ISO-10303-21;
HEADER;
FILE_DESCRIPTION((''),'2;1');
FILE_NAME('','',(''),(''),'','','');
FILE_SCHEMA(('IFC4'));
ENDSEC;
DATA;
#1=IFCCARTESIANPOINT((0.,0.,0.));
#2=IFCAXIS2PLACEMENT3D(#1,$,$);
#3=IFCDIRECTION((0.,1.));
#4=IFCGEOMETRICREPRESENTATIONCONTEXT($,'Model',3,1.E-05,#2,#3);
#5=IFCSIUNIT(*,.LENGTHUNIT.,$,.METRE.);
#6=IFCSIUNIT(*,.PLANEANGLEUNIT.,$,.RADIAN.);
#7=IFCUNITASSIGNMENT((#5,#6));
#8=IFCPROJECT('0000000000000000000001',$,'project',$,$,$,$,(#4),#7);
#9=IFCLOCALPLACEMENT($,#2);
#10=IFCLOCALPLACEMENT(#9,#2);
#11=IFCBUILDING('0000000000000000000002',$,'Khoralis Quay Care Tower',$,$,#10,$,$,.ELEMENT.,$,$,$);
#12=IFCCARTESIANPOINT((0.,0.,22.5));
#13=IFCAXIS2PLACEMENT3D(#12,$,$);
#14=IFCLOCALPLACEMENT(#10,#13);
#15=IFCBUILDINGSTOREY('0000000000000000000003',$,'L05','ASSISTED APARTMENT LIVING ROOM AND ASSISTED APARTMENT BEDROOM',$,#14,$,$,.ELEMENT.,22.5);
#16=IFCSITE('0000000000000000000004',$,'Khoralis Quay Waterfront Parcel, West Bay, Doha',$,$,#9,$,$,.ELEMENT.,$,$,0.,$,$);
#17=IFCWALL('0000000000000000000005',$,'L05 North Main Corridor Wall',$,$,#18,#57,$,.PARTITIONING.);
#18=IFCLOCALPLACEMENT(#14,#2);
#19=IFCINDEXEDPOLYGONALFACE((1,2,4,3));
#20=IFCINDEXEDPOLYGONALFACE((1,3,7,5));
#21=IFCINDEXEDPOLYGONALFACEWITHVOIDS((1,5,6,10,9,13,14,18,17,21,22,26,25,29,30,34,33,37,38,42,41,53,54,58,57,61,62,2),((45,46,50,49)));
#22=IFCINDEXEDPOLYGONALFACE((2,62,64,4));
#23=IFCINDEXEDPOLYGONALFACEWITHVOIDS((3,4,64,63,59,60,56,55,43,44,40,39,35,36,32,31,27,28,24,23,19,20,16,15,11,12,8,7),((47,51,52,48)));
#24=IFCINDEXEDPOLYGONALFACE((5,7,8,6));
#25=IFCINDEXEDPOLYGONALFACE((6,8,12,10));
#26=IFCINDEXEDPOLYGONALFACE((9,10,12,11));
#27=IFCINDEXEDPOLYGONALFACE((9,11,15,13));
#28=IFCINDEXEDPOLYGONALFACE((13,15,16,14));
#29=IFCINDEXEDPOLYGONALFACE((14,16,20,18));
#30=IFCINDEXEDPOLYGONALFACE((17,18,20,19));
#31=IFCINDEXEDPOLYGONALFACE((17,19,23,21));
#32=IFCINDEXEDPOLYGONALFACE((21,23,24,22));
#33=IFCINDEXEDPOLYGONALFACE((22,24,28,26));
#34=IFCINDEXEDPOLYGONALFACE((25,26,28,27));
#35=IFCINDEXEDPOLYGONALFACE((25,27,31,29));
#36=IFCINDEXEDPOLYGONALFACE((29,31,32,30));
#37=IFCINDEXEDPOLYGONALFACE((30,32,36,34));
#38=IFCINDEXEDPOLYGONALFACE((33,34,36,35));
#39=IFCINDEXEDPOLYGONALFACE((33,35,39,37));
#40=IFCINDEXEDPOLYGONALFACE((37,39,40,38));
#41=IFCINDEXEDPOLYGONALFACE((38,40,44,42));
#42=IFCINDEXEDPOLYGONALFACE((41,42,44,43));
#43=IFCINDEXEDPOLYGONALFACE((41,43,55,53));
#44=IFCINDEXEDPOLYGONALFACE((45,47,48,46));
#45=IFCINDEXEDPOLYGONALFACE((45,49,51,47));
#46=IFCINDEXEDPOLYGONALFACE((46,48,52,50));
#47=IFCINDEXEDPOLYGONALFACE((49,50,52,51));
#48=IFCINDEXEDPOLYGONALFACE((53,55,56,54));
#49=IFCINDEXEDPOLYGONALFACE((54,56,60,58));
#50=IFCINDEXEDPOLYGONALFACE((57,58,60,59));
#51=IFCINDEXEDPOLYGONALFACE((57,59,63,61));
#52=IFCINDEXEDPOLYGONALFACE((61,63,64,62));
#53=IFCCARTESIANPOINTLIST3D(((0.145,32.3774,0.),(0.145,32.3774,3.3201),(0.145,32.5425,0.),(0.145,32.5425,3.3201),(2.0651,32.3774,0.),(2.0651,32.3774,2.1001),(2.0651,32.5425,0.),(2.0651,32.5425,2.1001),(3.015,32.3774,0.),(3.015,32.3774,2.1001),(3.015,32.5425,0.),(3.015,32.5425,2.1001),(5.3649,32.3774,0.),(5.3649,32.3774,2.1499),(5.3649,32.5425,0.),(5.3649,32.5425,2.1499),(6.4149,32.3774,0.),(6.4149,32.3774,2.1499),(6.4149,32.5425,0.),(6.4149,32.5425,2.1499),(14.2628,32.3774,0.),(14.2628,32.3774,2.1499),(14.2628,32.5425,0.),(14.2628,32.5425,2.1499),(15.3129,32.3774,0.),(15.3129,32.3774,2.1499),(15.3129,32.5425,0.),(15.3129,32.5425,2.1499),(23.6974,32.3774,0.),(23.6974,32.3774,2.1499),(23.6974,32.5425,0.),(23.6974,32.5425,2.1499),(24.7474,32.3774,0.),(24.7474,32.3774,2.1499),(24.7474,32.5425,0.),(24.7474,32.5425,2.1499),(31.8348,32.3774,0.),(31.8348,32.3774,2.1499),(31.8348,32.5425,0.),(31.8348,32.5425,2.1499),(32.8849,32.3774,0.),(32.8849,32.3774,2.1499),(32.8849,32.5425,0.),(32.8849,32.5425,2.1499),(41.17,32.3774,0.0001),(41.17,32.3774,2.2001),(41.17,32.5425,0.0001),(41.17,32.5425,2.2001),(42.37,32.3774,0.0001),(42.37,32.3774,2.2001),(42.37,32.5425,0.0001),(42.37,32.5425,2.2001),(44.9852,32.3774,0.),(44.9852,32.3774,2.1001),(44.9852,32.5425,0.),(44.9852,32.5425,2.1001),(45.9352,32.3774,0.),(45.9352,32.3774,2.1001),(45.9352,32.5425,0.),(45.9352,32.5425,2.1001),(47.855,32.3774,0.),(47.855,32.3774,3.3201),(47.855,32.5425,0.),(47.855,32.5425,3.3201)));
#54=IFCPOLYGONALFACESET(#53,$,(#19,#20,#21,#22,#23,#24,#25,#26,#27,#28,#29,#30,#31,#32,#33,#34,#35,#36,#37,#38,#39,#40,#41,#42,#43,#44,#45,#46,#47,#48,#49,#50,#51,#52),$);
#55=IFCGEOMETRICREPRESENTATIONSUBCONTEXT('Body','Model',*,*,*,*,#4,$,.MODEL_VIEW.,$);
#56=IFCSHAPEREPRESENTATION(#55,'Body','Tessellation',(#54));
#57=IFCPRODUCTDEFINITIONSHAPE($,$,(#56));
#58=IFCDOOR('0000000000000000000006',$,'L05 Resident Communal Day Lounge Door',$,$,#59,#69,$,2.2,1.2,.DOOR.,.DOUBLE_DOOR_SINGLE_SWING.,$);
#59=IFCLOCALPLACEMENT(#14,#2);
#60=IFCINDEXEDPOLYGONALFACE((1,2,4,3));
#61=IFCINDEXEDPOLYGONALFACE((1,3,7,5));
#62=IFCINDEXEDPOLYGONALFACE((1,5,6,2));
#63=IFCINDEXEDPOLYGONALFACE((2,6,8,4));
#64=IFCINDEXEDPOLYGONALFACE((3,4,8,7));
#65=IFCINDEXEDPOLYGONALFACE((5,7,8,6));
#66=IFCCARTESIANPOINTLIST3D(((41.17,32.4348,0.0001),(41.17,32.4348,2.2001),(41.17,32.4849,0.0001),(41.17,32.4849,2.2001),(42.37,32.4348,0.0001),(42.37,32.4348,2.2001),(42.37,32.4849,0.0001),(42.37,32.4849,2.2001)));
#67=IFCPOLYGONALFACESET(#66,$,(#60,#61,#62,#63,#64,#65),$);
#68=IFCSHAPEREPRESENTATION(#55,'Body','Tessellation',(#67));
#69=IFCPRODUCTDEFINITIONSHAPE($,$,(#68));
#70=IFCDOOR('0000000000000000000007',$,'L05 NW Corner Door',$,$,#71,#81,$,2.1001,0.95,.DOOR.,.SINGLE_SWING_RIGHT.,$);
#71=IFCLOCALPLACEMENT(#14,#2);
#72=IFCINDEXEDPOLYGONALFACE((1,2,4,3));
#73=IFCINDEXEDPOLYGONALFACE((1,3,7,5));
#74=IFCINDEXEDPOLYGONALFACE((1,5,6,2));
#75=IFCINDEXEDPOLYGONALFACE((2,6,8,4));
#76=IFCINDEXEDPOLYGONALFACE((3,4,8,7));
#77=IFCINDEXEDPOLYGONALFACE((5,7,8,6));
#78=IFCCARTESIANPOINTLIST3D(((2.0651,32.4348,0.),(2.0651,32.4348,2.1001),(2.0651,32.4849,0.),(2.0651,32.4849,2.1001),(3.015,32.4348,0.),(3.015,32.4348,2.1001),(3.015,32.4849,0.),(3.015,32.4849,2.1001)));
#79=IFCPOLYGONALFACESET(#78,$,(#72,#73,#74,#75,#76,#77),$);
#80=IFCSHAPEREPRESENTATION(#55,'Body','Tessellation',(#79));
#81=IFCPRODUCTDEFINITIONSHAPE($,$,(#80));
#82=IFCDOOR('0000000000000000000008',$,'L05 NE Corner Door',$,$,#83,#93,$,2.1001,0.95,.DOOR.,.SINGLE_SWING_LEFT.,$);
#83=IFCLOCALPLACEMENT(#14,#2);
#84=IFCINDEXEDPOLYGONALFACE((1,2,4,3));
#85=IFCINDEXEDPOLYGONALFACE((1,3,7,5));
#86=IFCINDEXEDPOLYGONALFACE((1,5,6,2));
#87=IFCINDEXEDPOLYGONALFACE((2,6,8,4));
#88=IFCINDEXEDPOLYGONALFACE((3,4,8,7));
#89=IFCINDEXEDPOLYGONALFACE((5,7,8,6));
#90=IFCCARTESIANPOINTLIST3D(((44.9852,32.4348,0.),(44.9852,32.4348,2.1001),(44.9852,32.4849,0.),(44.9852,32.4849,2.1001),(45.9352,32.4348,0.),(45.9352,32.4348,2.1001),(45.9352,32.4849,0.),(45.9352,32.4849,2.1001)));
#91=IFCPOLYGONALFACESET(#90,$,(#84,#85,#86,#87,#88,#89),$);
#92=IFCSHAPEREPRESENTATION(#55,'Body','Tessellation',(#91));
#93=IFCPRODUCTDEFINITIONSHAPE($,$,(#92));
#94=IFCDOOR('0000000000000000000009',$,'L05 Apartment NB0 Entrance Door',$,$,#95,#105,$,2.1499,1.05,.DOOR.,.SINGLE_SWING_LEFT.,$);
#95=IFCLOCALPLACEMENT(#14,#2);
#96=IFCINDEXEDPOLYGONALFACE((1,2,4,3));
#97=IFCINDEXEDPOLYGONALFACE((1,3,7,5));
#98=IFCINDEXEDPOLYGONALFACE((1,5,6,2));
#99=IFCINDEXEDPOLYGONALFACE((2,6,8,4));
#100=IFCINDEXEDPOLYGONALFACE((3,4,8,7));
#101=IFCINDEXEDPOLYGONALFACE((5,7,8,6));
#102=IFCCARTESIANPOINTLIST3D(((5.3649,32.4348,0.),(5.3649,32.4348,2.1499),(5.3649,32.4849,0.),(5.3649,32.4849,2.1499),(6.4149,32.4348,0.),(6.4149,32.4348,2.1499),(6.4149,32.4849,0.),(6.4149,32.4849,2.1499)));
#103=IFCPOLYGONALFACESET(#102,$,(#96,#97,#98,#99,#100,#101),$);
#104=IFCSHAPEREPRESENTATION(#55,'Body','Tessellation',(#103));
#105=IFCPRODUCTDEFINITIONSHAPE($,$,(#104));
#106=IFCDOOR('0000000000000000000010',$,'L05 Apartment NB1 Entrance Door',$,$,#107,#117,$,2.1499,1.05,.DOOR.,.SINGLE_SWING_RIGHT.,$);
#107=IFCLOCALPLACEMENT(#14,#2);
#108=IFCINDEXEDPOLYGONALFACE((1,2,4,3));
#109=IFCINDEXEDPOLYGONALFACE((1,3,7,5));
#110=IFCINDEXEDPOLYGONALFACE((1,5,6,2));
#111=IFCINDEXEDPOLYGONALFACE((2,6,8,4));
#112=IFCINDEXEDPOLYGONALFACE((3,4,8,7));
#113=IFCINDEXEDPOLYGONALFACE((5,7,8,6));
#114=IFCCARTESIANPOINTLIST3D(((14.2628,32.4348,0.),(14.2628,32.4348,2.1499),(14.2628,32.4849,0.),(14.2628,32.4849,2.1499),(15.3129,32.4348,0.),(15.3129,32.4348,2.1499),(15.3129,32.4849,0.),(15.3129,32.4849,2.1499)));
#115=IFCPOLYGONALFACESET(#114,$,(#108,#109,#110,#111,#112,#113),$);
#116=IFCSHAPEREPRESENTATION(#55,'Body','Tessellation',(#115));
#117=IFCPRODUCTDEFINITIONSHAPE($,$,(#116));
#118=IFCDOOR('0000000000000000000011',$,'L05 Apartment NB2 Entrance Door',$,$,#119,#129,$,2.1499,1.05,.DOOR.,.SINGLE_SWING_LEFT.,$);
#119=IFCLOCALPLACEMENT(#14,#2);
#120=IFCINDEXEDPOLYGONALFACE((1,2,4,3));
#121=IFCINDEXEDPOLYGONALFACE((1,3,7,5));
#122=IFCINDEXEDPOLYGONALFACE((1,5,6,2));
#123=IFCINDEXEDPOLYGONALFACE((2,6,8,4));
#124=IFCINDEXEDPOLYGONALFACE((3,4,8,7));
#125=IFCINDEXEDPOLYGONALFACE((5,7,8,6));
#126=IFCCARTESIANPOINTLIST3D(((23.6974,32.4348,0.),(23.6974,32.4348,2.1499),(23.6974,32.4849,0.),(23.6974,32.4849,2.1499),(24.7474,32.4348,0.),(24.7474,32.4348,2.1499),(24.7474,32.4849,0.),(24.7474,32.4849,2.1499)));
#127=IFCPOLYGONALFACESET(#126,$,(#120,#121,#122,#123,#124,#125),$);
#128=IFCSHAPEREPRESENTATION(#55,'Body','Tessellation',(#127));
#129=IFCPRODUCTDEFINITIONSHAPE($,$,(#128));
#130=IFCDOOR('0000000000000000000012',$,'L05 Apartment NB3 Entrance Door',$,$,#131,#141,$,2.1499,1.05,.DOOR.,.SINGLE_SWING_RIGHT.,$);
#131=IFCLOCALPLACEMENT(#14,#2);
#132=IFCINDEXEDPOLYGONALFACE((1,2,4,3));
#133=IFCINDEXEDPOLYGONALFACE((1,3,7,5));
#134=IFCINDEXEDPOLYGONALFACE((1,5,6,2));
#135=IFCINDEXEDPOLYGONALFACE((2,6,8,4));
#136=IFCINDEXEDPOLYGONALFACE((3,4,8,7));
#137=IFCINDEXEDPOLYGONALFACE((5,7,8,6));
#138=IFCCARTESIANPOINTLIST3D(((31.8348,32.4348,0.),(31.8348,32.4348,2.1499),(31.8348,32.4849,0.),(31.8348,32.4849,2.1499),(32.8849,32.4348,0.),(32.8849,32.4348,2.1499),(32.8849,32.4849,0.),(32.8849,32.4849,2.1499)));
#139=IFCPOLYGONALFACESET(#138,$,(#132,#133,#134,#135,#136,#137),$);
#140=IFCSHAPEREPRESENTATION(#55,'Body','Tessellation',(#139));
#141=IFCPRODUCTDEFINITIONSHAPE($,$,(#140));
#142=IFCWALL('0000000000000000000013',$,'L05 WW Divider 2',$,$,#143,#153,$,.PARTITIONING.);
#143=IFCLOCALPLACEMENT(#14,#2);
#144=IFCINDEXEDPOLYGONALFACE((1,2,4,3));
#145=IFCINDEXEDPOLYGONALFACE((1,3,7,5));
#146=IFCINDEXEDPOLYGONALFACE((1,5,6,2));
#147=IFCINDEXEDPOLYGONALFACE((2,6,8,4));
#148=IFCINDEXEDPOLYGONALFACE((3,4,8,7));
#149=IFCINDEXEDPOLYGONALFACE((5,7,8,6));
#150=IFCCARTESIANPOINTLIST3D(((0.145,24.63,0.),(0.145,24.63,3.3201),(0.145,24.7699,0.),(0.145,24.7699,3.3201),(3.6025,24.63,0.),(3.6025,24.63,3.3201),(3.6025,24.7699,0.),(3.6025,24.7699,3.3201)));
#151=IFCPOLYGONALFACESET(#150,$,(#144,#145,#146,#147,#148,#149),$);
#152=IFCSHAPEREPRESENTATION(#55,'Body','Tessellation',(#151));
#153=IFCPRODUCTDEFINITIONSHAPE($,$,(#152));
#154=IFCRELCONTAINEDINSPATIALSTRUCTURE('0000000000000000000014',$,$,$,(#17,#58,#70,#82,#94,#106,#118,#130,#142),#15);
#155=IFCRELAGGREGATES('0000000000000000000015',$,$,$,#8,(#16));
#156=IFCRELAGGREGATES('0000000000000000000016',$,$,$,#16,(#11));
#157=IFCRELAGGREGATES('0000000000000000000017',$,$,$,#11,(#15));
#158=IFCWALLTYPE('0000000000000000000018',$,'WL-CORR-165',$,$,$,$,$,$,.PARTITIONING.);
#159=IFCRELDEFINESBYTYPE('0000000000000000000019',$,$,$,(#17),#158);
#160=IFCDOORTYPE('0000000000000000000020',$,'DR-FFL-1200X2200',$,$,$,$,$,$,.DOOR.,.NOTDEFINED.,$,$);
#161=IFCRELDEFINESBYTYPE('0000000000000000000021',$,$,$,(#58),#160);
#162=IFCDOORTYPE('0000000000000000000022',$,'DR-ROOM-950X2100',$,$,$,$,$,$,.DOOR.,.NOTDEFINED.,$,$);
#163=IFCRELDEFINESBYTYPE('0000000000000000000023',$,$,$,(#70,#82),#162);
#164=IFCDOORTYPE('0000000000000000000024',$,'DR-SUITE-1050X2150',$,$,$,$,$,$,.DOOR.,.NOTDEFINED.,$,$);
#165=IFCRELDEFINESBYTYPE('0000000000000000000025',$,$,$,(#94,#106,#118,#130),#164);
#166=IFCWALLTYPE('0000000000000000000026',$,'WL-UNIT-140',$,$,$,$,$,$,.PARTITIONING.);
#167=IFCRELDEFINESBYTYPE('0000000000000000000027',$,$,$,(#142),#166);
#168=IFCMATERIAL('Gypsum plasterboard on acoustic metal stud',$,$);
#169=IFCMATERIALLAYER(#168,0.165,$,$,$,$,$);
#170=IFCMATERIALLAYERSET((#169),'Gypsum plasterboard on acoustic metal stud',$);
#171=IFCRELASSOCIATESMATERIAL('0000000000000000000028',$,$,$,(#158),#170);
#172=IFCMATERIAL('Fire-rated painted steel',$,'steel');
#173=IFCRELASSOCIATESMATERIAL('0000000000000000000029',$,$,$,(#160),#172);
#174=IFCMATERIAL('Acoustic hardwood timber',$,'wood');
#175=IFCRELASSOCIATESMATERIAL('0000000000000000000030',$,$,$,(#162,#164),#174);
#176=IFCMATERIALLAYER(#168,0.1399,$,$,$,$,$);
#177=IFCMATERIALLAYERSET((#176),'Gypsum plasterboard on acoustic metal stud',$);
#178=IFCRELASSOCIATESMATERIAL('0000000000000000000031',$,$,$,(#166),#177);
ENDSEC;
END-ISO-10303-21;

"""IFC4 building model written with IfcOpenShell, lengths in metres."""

from ifc_helpers import new_model, si_unit, direction, frame, frame_2d, origin, place, context, subcontext, project, spatial, rectangle, extrude, source, transform, mapped, material, layer, layer_set, type_object, element, fill, save


model = new_model("IFC4")

# Units and contexts
model_context = context("Model", 3, precision=1e-05, world=origin(), true_north=direction((0.0, 1.0)))
body_context = subcontext(model_context, "Body", "Model", "MODEL_VIEW")
ifc_project = project(units=[si_unit("LENGTHUNIT", "METRE"), si_unit("PLANEANGLEUNIT", "RADIAN")], contexts=[model_context])

# Site, building, storey
site_placement = place(None, origin())
site = spatial("IfcSite", under=ifc_project, at=site_placement, Name="Khoralis Quay Waterfront Parcel, West Bay, Doha", CompositionType="ELEMENT", RefElevation=0.0)
building_placement = place(site_placement, origin())
building = spatial("IfcBuilding", under=site, at=building_placement, Name="Khoralis Quay Care Tower", CompositionType="ELEMENT")
storey_placement = place(building_placement, frame((0.0, 0.0, 22.5)))
storey = spatial("IfcBuildingStorey", under=building, at=storey_placement, Name="L05", Description="ASSISTED APARTMENT LIVING ROOM AND ASSISTED APARTMENT BEDROOM", CompositionType="ELEMENT", Elevation=22.5)

# Wall, openings, doors
ifc_material_1 = material(Name="Gypsum plasterboard on acoustic metal stud")
ifc_layer_1 = layer(ifc_material_1, 0.165)
ifc_layer_set_1 = layer_set([ifc_layer_1], Name="Gypsum plasterboard on acoustic metal stud")
wall_type_1 = type_object("IfcWallType", Name="WL-CORR-165", PredefinedType="PARTITIONING", material=ifc_layer_set_1)
wall_1_placement = place(storey_placement, frame((0.145, 32.46, 0.0), z_axis=(0.0, 0.0, 1.0), x_axis=(1.0, 0.0, 0.0)))
wall_1 = element("IfcWall", 1, at=wall_1_placement, inside=storey, type_object=wall_type_1, Name="L05 North Main Corridor Wall", PredefinedType="PARTITIONING", context=body_context, shape_type="SweptSolid", body=[
    extrude(rectangle(XDim=47.71, YDim=0.165, at=frame_2d((23.855, 0.0))), origin(), (0.0, 0.0, 1.0), 3.3201),
])
opening_1_placement = place(wall_1_placement, frame((5.22, 0.0, 0.0)))
opening_1 = element("IfcOpeningElement", 2, at=opening_1_placement, cuts=wall_1, PredefinedType="OPENING", context=body_context, shape_type="SweptSolid", body=[
    extrude(rectangle(XDim=1.05, YDim=2.1499, at=frame_2d((0.5249, 1.075))), frame((0.0, 0.0925, 0.0), z_axis=(0.0, -1.0, 0.0), x_axis=(1.0, 0.0, 0.0)), (0.0, 0.0, 1.0), 0.1851),
])
opening_2_placement = place(wall_1_placement, frame((14.1179, 0.0, 0.0)))
opening_2 = element("IfcOpeningElement", 3, at=opening_2_placement, cuts=wall_1, PredefinedType="OPENING", context=body_context, shape_type="SweptSolid", body=[
    extrude(rectangle(XDim=1.05, YDim=2.1499, at=frame_2d((0.5249, 1.075))), frame((0.0, 0.0925, 0.0), z_axis=(0.0, -1.0, 0.0), x_axis=(1.0, 0.0, 0.0)), (0.0, 0.0, 1.0), 0.1851),
])
opening_3_placement = place(wall_1_placement, frame((23.5525, 0.0, 0.0)))
opening_3 = element("IfcOpeningElement", 4, at=opening_3_placement, cuts=wall_1, PredefinedType="OPENING", context=body_context, shape_type="SweptSolid", body=[
    extrude(rectangle(XDim=1.05, YDim=2.1499, at=frame_2d((0.5249, 1.075))), frame((0.0, 0.0925, 0.0), z_axis=(0.0, -1.0, 0.0), x_axis=(1.0, 0.0, 0.0)), (0.0, 0.0, 1.0), 0.1851),
])
opening_4_placement = place(wall_1_placement, frame((31.6899, 0.0, 0.0)))
opening_4 = element("IfcOpeningElement", 5, at=opening_4_placement, cuts=wall_1, PredefinedType="OPENING", context=body_context, shape_type="SweptSolid", body=[
    extrude(rectangle(XDim=1.05, YDim=2.1499, at=frame_2d((0.5249, 1.075))), frame((0.0, 0.0925, 0.0), z_axis=(0.0, -1.0, 0.0), x_axis=(1.0, 0.0, 0.0)), (0.0, 0.0, 1.0), 0.1851),
])
opening_5_placement = place(wall_1_placement, frame((41.0249, 0.0, 0.0)))
opening_5 = element("IfcOpeningElement", 6, at=opening_5_placement, cuts=wall_1, PredefinedType="OPENING", context=body_context, shape_type="SweptSolid", body=[
    extrude(rectangle(XDim=1.2, YDim=2.2, at=frame_2d((0.6001, 1.1001))), frame((0.0, 0.0925, 0.0), z_axis=(0.0, -1.0, 0.0), x_axis=(1.0, 0.0, 0.0)), (0.0, 0.0, 1.0), 0.1851),
])
opening_6_placement = place(wall_1_placement, frame((1.9199, 0.0, 0.0)))
opening_6 = element("IfcOpeningElement", 7, at=opening_6_placement, cuts=wall_1, PredefinedType="OPENING", context=body_context, shape_type="SweptSolid", body=[
    extrude(rectangle(XDim=0.95, YDim=2.1001, at=frame_2d((0.4751, 1.05))), frame((0.0, 0.0925, 0.0), z_axis=(0.0, -1.0, 0.0), x_axis=(1.0, 0.0, 0.0)), (0.0, 0.0, 1.0), 0.1851),
])
opening_7_placement = place(wall_1_placement, frame((44.8401, 0.0, 0.0)))
opening_7 = element("IfcOpeningElement", 8, at=opening_7_placement, cuts=wall_1, PredefinedType="OPENING", context=body_context, shape_type="SweptSolid", body=[
    extrude(rectangle(XDim=0.95, YDim=2.1001, at=frame_2d((0.4751, 1.05))), frame((0.0, 0.0925, 0.0), z_axis=(0.0, -1.0, 0.0), x_axis=(1.0, 0.0, 0.0)), (0.0, 0.0, 1.0), 0.1851),
])
ifc_material_2 = material(Name="Fire-rated painted steel", Category="steel")
door_type_1 = type_object("IfcDoorType", Name="DR-FFL-1200X2200", OperationType="NOTDEFINED", PredefinedType="DOOR", material=ifc_material_2)
shared_shape_1 = source(origin(), body_context, "Body", "SweptSolid", [
    extrude(rectangle(XDim=1.2, YDim=2.2, at=frame_2d((0.6001, 1.1001))), frame((0.0, 0.0249, 0.0), z_axis=(0.0, -1.0, 0.0), x_axis=(1.0, 0.0, 0.0)), (0.0, 0.0, 1.0), 0.05),
])
door_1_placement = place(opening_5_placement, origin())
door_1 = element("IfcDoor", 9, at=door_1_placement, inside=storey, type_object=door_type_1, Name="L05 Resident Communal Day Lounge Door", OperationType="DOUBLE_DOOR_SINGLE_SWING", OverallHeight=2.2, OverallWidth=1.2, PredefinedType="DOOR", context=body_context, shape_type="MappedRepresentation", body=[
    mapped(shared_shape_1, transform((0.0, 0.0, 0.0), scale=1.0)),
])
fill(opening_5, door_1)
ifc_material_3 = material(Name="Acoustic hardwood timber", Category="wood")
door_type_2 = type_object("IfcDoorType", Name="DR-ROOM-950X2100", OperationType="NOTDEFINED", PredefinedType="DOOR", material=ifc_material_3)
shared_shape_2 = source(origin(), body_context, "Body", "SweptSolid", [
    extrude(rectangle(XDim=0.95, YDim=2.1001, at=frame_2d((0.4751, 1.05))), frame((0.0, 0.0249, 0.0), z_axis=(0.0, -1.0, 0.0), x_axis=(1.0, 0.0, 0.0)), (0.0, 0.0, 1.0), 0.05),
])
door_2_placement = place(opening_6_placement, origin())
door_2 = element("IfcDoor", 10, at=door_2_placement, inside=storey, type_object=door_type_2, Name="L05 NW Corner Door", OperationType="SINGLE_SWING_RIGHT", OverallHeight=2.1001, OverallWidth=0.95, PredefinedType="DOOR", context=body_context, shape_type="MappedRepresentation", body=[
    mapped(shared_shape_2, transform((0.0, 0.0, 0.0), scale=1.0)),
])
fill(opening_6, door_2)
door_3_placement = place(opening_7_placement, origin())
door_3 = element("IfcDoor", 11, at=door_3_placement, inside=storey, type_object=door_type_2, Name="L05 NE Corner Door", OperationType="SINGLE_SWING_LEFT", OverallHeight=2.1001, OverallWidth=0.95, PredefinedType="DOOR", context=body_context, shape_type="MappedRepresentation", body=[
    mapped(shared_shape_2, transform((0.0, 0.0, 0.0), scale=1.0)),
])
fill(opening_7, door_3)
door_type_3 = type_object("IfcDoorType", Name="DR-SUITE-1050X2150", OperationType="NOTDEFINED", PredefinedType="DOOR", material=ifc_material_3)
shared_shape_3 = source(origin(), body_context, "Body", "SweptSolid", [
    extrude(rectangle(XDim=1.05, YDim=2.1499, at=frame_2d((0.5249, 1.075))), frame((0.0, 0.0249, 0.0), z_axis=(0.0, -1.0, 0.0), x_axis=(1.0, 0.0, 0.0)), (0.0, 0.0, 1.0), 0.05),
])
door_4_placement = place(opening_1_placement, origin())
door_4 = element("IfcDoor", 12, at=door_4_placement, inside=storey, type_object=door_type_3, Name="L05 Apartment NB0 Entrance Door", OperationType="SINGLE_SWING_LEFT", OverallHeight=2.1499, OverallWidth=1.05, PredefinedType="DOOR", context=body_context, shape_type="MappedRepresentation", body=[
    mapped(shared_shape_3, transform((0.0, 0.0, 0.0), scale=1.0)),
])
fill(opening_1, door_4)
door_5_placement = place(opening_2_placement, origin())
door_5 = element("IfcDoor", 13, at=door_5_placement, inside=storey, type_object=door_type_3, Name="L05 Apartment NB1 Entrance Door", OperationType="SINGLE_SWING_RIGHT", OverallHeight=2.1499, OverallWidth=1.05, PredefinedType="DOOR", context=body_context, shape_type="MappedRepresentation", body=[
    mapped(shared_shape_3, transform((0.0, 0.0, 0.0), scale=1.0)),
])
fill(opening_2, door_5)
door_6_placement = place(opening_3_placement, origin())
door_6 = element("IfcDoor", 14, at=door_6_placement, inside=storey, type_object=door_type_3, Name="L05 Apartment NB2 Entrance Door", OperationType="SINGLE_SWING_LEFT", OverallHeight=2.1499, OverallWidth=1.05, PredefinedType="DOOR", context=body_context, shape_type="MappedRepresentation", body=[
    mapped(shared_shape_3, transform((0.0, 0.0, 0.0), scale=1.0)),
])
fill(opening_3, door_6)
door_7_placement = place(opening_4_placement, origin())
door_7 = element("IfcDoor", 15, at=door_7_placement, inside=storey, type_object=door_type_3, Name="L05 Apartment NB3 Entrance Door", OperationType="SINGLE_SWING_RIGHT", OverallHeight=2.1499, OverallWidth=1.05, PredefinedType="DOOR", context=body_context, shape_type="MappedRepresentation", body=[
    mapped(shared_shape_3, transform((0.0, 0.0, 0.0), scale=1.0)),
])
fill(opening_4, door_7)

# Wall
ifc_layer_2 = layer(ifc_material_1, 0.1399)
ifc_layer_set_2 = layer_set([ifc_layer_2], Name="Gypsum plasterboard on acoustic metal stud")
wall_type_2 = type_object("IfcWallType", Name="WL-UNIT-140", PredefinedType="PARTITIONING", material=ifc_layer_set_2)
wall_2_placement = place(storey_placement, frame((0.145, 24.7, 0.0), z_axis=(0.0, 0.0, 1.0), x_axis=(1.0, 0.0, 0.0)))
element("IfcWall", 16, at=wall_2_placement, inside=storey, type_object=wall_type_2, Name="L05 WW Divider 2", PredefinedType="PARTITIONING", context=body_context, shape_type="SweptSolid", body=[
    extrude(rectangle(XDim=3.4575, YDim=0.1399, at=frame_2d((1.7288, 0.0))), origin(), (0.0, 0.0, 1.0), 3.3201),
])

save(model, "model.ifc")
